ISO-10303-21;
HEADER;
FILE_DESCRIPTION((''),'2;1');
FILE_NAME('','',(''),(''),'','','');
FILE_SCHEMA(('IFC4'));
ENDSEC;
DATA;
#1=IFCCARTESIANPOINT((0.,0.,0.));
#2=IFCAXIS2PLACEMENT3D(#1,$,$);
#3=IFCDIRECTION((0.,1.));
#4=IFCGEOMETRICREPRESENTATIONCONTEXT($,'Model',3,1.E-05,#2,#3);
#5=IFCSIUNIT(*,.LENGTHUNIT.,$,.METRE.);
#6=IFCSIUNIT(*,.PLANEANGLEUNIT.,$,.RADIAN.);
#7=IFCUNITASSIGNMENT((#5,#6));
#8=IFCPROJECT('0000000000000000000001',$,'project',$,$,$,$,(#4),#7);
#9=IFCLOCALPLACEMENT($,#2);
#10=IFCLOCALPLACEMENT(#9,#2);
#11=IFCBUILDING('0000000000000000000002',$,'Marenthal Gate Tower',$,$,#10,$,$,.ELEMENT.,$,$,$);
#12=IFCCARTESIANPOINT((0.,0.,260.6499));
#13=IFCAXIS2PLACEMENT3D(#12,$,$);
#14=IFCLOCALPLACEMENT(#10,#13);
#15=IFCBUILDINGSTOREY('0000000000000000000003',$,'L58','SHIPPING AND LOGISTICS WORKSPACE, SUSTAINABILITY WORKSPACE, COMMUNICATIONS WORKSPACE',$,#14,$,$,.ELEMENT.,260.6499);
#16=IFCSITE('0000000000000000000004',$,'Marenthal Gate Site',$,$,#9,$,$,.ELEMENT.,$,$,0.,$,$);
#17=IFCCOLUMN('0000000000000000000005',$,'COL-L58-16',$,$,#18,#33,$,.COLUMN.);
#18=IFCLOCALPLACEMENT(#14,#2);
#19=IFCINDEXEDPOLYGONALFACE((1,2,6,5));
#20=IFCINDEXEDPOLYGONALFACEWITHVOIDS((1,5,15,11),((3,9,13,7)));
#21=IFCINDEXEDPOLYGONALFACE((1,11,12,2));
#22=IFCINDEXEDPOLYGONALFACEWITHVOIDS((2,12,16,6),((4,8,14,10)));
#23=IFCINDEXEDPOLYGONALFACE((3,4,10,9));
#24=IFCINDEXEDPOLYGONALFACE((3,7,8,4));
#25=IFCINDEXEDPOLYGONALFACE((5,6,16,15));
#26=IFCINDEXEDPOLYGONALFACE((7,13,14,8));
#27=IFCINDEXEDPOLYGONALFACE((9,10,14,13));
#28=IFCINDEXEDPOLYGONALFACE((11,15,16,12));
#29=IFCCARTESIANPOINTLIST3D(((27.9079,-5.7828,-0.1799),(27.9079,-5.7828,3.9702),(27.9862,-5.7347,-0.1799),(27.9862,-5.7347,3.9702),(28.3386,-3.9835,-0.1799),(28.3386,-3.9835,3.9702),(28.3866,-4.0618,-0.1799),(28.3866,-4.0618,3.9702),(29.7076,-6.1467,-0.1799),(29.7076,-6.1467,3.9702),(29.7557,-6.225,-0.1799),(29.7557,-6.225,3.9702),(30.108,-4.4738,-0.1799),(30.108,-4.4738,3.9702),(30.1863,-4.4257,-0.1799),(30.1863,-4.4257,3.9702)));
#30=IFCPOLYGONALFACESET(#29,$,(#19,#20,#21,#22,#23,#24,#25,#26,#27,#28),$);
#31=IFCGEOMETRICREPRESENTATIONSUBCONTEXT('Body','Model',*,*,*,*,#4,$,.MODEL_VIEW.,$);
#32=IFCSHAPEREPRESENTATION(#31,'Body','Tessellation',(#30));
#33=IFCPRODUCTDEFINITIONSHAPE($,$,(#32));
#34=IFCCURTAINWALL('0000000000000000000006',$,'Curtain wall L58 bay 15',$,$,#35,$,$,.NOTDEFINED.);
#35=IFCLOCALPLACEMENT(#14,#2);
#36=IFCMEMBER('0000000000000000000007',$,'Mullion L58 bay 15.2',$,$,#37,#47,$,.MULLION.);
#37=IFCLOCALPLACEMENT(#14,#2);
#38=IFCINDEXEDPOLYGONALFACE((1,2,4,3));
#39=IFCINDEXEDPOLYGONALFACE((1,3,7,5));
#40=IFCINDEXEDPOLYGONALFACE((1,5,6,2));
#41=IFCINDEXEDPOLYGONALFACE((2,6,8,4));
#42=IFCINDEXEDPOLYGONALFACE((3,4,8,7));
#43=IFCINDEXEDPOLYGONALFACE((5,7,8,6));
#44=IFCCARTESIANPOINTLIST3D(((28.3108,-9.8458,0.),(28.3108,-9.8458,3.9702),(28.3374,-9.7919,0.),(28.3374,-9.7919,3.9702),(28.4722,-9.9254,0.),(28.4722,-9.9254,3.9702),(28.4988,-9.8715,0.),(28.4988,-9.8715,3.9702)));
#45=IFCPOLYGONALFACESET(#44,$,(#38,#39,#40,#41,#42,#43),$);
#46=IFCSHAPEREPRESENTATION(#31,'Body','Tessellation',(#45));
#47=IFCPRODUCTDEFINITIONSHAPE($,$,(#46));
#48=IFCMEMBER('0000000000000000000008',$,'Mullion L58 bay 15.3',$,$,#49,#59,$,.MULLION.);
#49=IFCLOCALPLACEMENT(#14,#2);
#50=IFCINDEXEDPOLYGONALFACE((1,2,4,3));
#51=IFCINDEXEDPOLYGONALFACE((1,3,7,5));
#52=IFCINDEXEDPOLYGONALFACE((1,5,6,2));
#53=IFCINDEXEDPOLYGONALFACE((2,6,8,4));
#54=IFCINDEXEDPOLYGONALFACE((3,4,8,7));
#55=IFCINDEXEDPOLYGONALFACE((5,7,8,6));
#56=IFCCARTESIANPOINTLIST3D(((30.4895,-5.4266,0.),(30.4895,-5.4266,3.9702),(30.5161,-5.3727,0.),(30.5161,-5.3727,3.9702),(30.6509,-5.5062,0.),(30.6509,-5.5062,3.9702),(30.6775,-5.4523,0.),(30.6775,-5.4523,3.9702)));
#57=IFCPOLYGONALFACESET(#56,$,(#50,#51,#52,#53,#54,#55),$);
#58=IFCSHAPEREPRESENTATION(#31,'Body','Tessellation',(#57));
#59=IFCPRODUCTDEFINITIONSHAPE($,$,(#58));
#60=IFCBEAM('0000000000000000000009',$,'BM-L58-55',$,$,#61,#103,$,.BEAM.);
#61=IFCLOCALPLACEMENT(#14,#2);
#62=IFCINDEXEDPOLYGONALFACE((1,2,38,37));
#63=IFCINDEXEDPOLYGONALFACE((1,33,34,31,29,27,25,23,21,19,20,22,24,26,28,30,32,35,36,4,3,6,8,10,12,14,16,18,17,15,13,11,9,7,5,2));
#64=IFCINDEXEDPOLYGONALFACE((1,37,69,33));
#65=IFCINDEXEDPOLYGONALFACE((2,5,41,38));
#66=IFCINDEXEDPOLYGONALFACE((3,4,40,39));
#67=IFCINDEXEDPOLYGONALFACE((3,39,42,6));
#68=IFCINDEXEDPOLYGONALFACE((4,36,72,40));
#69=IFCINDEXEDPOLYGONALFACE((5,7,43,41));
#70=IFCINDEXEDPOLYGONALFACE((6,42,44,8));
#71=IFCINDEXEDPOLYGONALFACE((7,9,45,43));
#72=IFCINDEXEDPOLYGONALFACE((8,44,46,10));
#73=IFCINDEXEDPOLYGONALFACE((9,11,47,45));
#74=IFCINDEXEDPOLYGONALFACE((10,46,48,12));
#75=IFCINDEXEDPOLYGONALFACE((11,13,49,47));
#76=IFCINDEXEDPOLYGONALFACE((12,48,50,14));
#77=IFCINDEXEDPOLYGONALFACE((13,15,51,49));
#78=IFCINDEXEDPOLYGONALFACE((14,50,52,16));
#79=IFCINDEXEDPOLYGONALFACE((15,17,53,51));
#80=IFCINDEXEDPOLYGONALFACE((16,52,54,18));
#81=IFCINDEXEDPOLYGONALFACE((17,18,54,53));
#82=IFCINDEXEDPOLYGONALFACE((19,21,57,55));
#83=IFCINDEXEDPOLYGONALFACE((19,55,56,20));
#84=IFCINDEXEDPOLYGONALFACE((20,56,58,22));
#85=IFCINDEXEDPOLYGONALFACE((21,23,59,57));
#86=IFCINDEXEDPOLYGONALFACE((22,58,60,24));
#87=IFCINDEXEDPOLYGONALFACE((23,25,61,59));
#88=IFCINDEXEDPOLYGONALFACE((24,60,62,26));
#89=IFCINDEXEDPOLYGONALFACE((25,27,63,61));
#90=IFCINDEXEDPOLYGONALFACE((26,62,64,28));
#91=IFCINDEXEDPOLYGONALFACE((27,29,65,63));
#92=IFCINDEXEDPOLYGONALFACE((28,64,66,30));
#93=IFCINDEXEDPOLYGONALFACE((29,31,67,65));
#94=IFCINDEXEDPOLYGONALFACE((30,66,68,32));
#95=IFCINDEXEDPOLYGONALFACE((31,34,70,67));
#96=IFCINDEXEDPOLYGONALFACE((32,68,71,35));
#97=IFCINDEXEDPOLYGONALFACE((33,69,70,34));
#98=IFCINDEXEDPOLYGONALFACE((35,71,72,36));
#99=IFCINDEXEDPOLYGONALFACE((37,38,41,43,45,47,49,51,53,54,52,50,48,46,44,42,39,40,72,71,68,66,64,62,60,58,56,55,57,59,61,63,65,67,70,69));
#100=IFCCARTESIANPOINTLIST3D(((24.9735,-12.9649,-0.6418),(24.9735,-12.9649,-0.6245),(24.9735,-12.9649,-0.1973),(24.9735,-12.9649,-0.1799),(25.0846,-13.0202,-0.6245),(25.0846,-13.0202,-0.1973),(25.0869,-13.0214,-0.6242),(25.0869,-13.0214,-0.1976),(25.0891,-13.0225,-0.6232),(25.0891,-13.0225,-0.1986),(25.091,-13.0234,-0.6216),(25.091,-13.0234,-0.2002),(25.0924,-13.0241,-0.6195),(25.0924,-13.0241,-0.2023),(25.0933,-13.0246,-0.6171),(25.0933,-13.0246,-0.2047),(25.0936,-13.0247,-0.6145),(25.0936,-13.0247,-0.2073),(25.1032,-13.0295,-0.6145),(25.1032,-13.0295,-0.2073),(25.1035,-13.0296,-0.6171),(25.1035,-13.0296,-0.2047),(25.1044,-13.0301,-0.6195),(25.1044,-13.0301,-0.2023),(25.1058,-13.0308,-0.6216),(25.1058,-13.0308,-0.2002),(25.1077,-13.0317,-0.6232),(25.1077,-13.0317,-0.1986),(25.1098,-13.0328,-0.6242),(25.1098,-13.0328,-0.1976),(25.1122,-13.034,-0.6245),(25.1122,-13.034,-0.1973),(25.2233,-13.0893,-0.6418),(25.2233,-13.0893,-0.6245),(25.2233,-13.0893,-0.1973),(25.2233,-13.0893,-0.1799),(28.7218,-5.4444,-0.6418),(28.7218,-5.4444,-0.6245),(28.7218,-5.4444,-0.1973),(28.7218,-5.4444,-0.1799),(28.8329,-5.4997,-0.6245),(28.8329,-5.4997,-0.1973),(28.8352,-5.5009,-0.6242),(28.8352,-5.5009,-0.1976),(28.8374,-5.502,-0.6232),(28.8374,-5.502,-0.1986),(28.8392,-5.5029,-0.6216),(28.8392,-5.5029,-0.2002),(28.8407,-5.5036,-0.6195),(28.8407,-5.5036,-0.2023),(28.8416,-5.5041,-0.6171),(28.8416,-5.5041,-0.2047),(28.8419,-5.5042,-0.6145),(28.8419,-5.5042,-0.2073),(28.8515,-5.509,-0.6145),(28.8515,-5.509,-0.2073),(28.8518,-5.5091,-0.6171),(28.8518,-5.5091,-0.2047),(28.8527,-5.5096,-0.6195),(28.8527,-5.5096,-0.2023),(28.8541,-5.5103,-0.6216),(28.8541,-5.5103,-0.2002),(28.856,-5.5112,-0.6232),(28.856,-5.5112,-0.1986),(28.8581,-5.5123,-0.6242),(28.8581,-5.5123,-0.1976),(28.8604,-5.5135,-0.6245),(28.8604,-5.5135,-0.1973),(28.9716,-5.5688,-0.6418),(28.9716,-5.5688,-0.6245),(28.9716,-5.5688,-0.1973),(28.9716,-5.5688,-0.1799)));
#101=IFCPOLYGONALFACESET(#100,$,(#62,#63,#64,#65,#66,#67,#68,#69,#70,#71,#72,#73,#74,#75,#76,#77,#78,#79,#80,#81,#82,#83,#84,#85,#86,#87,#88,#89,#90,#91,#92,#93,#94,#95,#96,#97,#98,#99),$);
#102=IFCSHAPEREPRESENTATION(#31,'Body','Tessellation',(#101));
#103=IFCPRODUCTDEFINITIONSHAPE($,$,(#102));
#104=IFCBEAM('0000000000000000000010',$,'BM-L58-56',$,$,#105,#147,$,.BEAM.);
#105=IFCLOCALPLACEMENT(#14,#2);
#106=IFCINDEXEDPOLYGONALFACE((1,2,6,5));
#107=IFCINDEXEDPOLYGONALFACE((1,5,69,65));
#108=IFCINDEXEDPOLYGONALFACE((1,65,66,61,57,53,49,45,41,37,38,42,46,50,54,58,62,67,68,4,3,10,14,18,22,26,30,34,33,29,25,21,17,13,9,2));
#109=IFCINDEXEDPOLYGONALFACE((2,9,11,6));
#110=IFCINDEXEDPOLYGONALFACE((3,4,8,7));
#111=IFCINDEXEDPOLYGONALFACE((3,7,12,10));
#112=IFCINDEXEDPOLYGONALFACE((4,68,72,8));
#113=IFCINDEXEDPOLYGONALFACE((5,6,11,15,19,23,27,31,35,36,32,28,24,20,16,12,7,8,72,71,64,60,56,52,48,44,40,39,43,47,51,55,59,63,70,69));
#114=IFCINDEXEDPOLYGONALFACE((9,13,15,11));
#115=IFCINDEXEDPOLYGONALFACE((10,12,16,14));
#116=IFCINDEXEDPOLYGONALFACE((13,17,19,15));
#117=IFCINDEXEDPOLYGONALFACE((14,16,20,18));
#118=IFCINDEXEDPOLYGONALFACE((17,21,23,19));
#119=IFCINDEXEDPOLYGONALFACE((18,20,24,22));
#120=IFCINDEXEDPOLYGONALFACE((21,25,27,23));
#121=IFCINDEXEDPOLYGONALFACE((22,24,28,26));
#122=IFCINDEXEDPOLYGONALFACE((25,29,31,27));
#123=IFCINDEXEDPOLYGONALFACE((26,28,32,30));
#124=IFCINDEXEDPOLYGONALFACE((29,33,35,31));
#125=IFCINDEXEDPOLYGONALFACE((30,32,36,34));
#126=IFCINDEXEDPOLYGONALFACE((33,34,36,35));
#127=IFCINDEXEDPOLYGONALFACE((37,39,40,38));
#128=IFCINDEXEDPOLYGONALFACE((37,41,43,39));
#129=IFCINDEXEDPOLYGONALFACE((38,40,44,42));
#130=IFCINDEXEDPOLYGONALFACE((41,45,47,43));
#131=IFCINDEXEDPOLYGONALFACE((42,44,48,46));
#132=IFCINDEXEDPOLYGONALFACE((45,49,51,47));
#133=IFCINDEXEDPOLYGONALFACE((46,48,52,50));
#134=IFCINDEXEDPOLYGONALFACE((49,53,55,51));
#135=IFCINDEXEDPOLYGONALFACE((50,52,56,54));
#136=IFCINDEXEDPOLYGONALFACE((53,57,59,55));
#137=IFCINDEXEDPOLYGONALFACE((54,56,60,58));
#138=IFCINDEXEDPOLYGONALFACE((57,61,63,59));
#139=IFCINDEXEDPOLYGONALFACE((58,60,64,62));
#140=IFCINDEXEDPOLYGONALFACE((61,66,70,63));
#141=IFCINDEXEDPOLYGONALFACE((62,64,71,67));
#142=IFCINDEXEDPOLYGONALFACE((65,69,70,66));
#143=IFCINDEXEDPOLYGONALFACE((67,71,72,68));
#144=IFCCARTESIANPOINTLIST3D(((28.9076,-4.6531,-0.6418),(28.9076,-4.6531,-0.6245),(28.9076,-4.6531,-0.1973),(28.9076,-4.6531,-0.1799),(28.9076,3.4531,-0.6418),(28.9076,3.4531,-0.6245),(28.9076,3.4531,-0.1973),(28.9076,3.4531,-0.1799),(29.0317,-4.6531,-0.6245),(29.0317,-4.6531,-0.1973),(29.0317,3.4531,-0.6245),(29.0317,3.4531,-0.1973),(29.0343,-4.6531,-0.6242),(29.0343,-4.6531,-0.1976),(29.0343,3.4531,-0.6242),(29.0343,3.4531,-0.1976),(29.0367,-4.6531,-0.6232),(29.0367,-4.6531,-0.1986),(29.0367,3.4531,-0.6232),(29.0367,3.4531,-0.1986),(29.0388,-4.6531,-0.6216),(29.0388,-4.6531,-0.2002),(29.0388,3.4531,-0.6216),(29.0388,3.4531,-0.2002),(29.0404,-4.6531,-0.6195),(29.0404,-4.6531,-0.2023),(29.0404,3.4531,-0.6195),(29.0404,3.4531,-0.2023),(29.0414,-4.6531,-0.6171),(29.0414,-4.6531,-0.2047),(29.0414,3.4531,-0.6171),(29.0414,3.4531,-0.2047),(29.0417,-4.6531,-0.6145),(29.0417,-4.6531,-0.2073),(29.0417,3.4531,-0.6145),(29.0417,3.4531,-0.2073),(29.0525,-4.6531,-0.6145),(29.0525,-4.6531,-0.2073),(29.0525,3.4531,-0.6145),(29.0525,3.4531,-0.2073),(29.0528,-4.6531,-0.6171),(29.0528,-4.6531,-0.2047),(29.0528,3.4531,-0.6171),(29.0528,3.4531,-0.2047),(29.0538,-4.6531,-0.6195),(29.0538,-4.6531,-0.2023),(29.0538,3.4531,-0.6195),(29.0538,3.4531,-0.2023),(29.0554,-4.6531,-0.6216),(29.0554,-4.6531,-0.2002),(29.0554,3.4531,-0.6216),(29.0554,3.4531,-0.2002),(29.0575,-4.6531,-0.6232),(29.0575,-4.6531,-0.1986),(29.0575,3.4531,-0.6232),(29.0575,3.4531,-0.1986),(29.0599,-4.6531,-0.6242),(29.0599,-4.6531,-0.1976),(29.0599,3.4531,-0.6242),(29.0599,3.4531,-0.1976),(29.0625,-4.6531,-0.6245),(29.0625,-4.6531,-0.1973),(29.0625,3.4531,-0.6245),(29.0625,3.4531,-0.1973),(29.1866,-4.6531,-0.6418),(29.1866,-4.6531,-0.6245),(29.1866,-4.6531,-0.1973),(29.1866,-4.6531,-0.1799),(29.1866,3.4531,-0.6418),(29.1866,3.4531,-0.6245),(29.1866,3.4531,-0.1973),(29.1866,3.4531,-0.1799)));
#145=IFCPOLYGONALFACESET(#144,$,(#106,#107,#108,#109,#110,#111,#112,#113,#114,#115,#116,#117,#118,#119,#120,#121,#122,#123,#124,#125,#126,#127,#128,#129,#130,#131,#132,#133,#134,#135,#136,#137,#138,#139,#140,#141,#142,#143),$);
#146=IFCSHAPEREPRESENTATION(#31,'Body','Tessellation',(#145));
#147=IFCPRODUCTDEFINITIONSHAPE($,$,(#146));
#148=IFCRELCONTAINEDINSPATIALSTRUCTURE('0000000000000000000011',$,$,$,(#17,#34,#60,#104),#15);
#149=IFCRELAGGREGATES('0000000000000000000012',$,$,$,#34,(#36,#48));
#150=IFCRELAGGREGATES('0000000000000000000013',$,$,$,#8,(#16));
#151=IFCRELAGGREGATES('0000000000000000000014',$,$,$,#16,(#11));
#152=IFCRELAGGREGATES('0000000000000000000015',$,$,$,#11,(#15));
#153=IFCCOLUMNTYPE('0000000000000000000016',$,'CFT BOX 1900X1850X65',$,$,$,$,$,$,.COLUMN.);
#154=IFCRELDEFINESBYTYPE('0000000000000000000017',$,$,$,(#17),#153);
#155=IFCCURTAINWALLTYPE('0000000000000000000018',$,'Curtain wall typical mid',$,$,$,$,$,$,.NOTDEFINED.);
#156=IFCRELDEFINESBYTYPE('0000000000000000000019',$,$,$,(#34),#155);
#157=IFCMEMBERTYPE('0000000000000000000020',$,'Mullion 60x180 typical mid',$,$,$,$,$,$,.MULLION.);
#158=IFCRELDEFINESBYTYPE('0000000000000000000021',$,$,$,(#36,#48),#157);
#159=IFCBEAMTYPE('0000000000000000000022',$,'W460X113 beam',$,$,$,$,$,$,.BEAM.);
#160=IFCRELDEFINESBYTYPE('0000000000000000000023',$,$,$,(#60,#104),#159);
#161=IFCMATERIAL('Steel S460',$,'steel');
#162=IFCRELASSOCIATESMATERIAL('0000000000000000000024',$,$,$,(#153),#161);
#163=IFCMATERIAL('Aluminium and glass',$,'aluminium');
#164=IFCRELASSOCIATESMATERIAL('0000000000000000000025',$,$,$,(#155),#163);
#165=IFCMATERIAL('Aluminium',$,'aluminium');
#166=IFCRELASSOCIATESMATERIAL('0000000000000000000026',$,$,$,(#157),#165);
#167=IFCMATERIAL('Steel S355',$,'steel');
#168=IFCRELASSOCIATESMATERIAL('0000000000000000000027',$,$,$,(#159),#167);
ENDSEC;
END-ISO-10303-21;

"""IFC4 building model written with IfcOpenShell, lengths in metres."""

from ifc_helpers import new_model, si_unit, direction, frame, origin, origin_2d, place, context, subcontext, project, spatial, rectangle, hollow_rectangle, i_section, extrude, material, material_profile, profile_set, type_object, element, aggregate, save


model = new_model("IFC4")

# Units and contexts
model_context = context("Model", 3, precision=1e-05, world=origin(), true_north=direction((0.0, 1.0)))
body_context = subcontext(model_context, "Body", "Model", "MODEL_VIEW")
ifc_project = project(units=[si_unit("LENGTHUNIT", "METRE"), si_unit("PLANEANGLEUNIT", "RADIAN")], contexts=[model_context])

# Site, building, storey
site_placement = place(None, origin())
site = spatial("IfcSite", under=ifc_project, at=site_placement, Name="Marenthal Gate Site", CompositionType="ELEMENT", RefElevation=0.0)
building_placement = place(site_placement, origin())
building = spatial("IfcBuilding", under=site, at=building_placement, Name="Marenthal Gate Tower", CompositionType="ELEMENT")
storey_placement = place(building_placement, frame((0.0, 0.0, 260.6499)))
storey = spatial("IfcBuildingStorey", under=building, at=storey_placement, Name="L58", Description="SHIPPING AND LOGISTICS WORKSPACE, SUSTAINABILITY WORKSPACE, COMMUNICATIONS WORKSPACE", CompositionType="ELEMENT", Elevation=260.6499)

# Column
ifc_material_1 = material(Name="Steel S460", Category="steel")
ifc_material_profile_1 = material_profile(ifc_material_1, hollow_rectangle(XDim=1.8501, YDim=1.8999, WallThickness=0.0649, at=origin_2d()), Name="CFT BOX 1900X1850X65")
ifc_material_2 = material(Name="Concrete 70 MPa", Category="concrete")
ifc_material_profile_2 = material_profile(ifc_material_2, rectangle(XDim=1.72, YDim=1.77, at=origin_2d()), Name="CFT BOX 1900X1850X65 INFILL")
ifc_profile_set_1 = profile_set([ifc_material_profile_1, ifc_material_profile_2], Name="Steel S460 shell, Concrete 70 MPa infill")
column_type = type_object("IfcColumnType", Name="CFT BOX 1900X1850X65", PredefinedType="COLUMN", material=ifc_profile_set_1)
column_placement = place(storey_placement, frame((29.0471, -5.1042, -0.1799), z_axis=(0.0, 0.0, 1.0), x_axis=(-0.23277, -0.972532, 0.0)))
element("IfcColumn", 1, at=column_placement, inside=storey, type_object=column_type, Name="COL-L58-16", PredefinedType="COLUMN", context=body_context, shape_type="SweptSolid", body=[
    extrude(hollow_rectangle(XDim=1.8501, YDim=1.8999, WallThickness=0.0649, at=origin_2d()), origin(), (0.0, 0.0, 1.0), 4.1501),
])

# Curtain wall, members
ifc_material_3 = material(Name="Aluminium and glass", Category="aluminium")
curtain_wall_type = type_object("IfcCurtainWallType", Name="Curtain wall typical mid", PredefinedType="NOTDEFINED", material=ifc_material_3)
curtain_wall_placement = place(storey_placement, origin())
curtain_wall = element("IfcCurtainWall", 2, at=curtain_wall_placement, inside=storey, type_object=curtain_wall_type, Name="Curtain wall L58 bay 15", PredefinedType="NOTDEFINED")
ifc_material_4 = material(Name="Aluminium", Category="aluminium")
ifc_material_profile_3 = material_profile(ifc_material_4, rectangle(XDim=0.1799, YDim=0.0601, at=origin_2d()), Name="60x180 aluminium mullion")
ifc_profile_set_2 = profile_set([ifc_material_profile_3], Name="Aluminium")
member_type = type_object("IfcMemberType", Name="Mullion 60x180 typical mid", PredefinedType="MULLION", material=ifc_profile_set_2)
member_1_placement = place(storey_placement, frame((28.4048, -9.8586, 0.0), z_axis=(0.0, 0.0, 1.0), x_axis=(-0.896921, 0.442192, 0.0)))
member_1 = element("IfcMember", 3, at=member_1_placement, type_object=member_type, Name="Mullion L58 bay 15.2", PredefinedType="MULLION", context=body_context, shape_type="SweptSolid", body=[
    extrude(rectangle(XDim=0.1799, YDim=0.0601, at=origin_2d()), origin(), (0.0, 0.0, 1.0), 3.9702),
])
member_2_placement = place(storey_placement, frame((30.5835, -5.4395, 0.0), z_axis=(0.0, 0.0, 1.0), x_axis=(-0.896921, 0.442192, 0.0)))
member_2 = element("IfcMember", 4, at=member_2_placement, type_object=member_type, Name="Mullion L58 bay 15.3", PredefinedType="MULLION", context=body_context, shape_type="SweptSolid", body=[
    extrude(rectangle(XDim=0.1799, YDim=0.0601, at=origin_2d()), origin(), (0.0, 0.0, 1.0), 3.9702),
])

# Beams
ifc_material_5 = material(Name="Steel S355", Category="steel")
ifc_material_profile_4 = material_profile(ifc_material_5, i_section(OverallWidth=0.2791, OverallDepth=0.4619, WebThickness=0.0107, FlangeThickness=0.0173, FilletRadius=0.01, at=origin_2d()), Name="W460X113")
ifc_profile_set_3 = profile_set([ifc_material_profile_4], Name="Steel S355")
beam_type_1 = type_object("IfcBeamType", Name="W460X113 beam", PredefinedType="BEAM", material=ifc_profile_set_3)
beam_1_placement = place(storey_placement, frame((25.0984, -13.0271, -0.4109), z_axis=(0.446074, 0.894996, 0.0), x_axis=(-0.894996, 0.446074, 0.0)))
element("IfcBeam", 5, at=beam_1_placement, inside=storey, type_object=beam_type_1, Name="BM-L58-55", PredefinedType="BEAM", context=body_context, shape_type="SweptSolid", body=[
    extrude(i_section(OverallWidth=0.2791, OverallDepth=0.4619, WebThickness=0.0107, FlangeThickness=0.0173, FilletRadius=0.01, at=origin_2d()), origin(), (0.0, 0.0, 1.0), 8.4028),
])
beam_2_placement = place(storey_placement, frame((29.0471, -4.6531, -0.4109), z_axis=(0.0, 1.0, 0.0), x_axis=(-1.0, 0.0, 0.0)))
element("IfcBeam", 6, at=beam_2_placement, inside=storey, type_object=beam_type_1, Name="BM-L58-56", PredefinedType="BEAM", context=body_context, shape_type="SweptSolid", body=[
    extrude(i_section(OverallWidth=0.2791, OverallDepth=0.4619, WebThickness=0.0107, FlangeThickness=0.0173, FilletRadius=0.01, at=origin_2d()), origin(), (0.0, 0.0, 1.0), 8.1062),
])

aggregate(curtain_wall, [member_1, member_2])

save(model, "model.ifc")
